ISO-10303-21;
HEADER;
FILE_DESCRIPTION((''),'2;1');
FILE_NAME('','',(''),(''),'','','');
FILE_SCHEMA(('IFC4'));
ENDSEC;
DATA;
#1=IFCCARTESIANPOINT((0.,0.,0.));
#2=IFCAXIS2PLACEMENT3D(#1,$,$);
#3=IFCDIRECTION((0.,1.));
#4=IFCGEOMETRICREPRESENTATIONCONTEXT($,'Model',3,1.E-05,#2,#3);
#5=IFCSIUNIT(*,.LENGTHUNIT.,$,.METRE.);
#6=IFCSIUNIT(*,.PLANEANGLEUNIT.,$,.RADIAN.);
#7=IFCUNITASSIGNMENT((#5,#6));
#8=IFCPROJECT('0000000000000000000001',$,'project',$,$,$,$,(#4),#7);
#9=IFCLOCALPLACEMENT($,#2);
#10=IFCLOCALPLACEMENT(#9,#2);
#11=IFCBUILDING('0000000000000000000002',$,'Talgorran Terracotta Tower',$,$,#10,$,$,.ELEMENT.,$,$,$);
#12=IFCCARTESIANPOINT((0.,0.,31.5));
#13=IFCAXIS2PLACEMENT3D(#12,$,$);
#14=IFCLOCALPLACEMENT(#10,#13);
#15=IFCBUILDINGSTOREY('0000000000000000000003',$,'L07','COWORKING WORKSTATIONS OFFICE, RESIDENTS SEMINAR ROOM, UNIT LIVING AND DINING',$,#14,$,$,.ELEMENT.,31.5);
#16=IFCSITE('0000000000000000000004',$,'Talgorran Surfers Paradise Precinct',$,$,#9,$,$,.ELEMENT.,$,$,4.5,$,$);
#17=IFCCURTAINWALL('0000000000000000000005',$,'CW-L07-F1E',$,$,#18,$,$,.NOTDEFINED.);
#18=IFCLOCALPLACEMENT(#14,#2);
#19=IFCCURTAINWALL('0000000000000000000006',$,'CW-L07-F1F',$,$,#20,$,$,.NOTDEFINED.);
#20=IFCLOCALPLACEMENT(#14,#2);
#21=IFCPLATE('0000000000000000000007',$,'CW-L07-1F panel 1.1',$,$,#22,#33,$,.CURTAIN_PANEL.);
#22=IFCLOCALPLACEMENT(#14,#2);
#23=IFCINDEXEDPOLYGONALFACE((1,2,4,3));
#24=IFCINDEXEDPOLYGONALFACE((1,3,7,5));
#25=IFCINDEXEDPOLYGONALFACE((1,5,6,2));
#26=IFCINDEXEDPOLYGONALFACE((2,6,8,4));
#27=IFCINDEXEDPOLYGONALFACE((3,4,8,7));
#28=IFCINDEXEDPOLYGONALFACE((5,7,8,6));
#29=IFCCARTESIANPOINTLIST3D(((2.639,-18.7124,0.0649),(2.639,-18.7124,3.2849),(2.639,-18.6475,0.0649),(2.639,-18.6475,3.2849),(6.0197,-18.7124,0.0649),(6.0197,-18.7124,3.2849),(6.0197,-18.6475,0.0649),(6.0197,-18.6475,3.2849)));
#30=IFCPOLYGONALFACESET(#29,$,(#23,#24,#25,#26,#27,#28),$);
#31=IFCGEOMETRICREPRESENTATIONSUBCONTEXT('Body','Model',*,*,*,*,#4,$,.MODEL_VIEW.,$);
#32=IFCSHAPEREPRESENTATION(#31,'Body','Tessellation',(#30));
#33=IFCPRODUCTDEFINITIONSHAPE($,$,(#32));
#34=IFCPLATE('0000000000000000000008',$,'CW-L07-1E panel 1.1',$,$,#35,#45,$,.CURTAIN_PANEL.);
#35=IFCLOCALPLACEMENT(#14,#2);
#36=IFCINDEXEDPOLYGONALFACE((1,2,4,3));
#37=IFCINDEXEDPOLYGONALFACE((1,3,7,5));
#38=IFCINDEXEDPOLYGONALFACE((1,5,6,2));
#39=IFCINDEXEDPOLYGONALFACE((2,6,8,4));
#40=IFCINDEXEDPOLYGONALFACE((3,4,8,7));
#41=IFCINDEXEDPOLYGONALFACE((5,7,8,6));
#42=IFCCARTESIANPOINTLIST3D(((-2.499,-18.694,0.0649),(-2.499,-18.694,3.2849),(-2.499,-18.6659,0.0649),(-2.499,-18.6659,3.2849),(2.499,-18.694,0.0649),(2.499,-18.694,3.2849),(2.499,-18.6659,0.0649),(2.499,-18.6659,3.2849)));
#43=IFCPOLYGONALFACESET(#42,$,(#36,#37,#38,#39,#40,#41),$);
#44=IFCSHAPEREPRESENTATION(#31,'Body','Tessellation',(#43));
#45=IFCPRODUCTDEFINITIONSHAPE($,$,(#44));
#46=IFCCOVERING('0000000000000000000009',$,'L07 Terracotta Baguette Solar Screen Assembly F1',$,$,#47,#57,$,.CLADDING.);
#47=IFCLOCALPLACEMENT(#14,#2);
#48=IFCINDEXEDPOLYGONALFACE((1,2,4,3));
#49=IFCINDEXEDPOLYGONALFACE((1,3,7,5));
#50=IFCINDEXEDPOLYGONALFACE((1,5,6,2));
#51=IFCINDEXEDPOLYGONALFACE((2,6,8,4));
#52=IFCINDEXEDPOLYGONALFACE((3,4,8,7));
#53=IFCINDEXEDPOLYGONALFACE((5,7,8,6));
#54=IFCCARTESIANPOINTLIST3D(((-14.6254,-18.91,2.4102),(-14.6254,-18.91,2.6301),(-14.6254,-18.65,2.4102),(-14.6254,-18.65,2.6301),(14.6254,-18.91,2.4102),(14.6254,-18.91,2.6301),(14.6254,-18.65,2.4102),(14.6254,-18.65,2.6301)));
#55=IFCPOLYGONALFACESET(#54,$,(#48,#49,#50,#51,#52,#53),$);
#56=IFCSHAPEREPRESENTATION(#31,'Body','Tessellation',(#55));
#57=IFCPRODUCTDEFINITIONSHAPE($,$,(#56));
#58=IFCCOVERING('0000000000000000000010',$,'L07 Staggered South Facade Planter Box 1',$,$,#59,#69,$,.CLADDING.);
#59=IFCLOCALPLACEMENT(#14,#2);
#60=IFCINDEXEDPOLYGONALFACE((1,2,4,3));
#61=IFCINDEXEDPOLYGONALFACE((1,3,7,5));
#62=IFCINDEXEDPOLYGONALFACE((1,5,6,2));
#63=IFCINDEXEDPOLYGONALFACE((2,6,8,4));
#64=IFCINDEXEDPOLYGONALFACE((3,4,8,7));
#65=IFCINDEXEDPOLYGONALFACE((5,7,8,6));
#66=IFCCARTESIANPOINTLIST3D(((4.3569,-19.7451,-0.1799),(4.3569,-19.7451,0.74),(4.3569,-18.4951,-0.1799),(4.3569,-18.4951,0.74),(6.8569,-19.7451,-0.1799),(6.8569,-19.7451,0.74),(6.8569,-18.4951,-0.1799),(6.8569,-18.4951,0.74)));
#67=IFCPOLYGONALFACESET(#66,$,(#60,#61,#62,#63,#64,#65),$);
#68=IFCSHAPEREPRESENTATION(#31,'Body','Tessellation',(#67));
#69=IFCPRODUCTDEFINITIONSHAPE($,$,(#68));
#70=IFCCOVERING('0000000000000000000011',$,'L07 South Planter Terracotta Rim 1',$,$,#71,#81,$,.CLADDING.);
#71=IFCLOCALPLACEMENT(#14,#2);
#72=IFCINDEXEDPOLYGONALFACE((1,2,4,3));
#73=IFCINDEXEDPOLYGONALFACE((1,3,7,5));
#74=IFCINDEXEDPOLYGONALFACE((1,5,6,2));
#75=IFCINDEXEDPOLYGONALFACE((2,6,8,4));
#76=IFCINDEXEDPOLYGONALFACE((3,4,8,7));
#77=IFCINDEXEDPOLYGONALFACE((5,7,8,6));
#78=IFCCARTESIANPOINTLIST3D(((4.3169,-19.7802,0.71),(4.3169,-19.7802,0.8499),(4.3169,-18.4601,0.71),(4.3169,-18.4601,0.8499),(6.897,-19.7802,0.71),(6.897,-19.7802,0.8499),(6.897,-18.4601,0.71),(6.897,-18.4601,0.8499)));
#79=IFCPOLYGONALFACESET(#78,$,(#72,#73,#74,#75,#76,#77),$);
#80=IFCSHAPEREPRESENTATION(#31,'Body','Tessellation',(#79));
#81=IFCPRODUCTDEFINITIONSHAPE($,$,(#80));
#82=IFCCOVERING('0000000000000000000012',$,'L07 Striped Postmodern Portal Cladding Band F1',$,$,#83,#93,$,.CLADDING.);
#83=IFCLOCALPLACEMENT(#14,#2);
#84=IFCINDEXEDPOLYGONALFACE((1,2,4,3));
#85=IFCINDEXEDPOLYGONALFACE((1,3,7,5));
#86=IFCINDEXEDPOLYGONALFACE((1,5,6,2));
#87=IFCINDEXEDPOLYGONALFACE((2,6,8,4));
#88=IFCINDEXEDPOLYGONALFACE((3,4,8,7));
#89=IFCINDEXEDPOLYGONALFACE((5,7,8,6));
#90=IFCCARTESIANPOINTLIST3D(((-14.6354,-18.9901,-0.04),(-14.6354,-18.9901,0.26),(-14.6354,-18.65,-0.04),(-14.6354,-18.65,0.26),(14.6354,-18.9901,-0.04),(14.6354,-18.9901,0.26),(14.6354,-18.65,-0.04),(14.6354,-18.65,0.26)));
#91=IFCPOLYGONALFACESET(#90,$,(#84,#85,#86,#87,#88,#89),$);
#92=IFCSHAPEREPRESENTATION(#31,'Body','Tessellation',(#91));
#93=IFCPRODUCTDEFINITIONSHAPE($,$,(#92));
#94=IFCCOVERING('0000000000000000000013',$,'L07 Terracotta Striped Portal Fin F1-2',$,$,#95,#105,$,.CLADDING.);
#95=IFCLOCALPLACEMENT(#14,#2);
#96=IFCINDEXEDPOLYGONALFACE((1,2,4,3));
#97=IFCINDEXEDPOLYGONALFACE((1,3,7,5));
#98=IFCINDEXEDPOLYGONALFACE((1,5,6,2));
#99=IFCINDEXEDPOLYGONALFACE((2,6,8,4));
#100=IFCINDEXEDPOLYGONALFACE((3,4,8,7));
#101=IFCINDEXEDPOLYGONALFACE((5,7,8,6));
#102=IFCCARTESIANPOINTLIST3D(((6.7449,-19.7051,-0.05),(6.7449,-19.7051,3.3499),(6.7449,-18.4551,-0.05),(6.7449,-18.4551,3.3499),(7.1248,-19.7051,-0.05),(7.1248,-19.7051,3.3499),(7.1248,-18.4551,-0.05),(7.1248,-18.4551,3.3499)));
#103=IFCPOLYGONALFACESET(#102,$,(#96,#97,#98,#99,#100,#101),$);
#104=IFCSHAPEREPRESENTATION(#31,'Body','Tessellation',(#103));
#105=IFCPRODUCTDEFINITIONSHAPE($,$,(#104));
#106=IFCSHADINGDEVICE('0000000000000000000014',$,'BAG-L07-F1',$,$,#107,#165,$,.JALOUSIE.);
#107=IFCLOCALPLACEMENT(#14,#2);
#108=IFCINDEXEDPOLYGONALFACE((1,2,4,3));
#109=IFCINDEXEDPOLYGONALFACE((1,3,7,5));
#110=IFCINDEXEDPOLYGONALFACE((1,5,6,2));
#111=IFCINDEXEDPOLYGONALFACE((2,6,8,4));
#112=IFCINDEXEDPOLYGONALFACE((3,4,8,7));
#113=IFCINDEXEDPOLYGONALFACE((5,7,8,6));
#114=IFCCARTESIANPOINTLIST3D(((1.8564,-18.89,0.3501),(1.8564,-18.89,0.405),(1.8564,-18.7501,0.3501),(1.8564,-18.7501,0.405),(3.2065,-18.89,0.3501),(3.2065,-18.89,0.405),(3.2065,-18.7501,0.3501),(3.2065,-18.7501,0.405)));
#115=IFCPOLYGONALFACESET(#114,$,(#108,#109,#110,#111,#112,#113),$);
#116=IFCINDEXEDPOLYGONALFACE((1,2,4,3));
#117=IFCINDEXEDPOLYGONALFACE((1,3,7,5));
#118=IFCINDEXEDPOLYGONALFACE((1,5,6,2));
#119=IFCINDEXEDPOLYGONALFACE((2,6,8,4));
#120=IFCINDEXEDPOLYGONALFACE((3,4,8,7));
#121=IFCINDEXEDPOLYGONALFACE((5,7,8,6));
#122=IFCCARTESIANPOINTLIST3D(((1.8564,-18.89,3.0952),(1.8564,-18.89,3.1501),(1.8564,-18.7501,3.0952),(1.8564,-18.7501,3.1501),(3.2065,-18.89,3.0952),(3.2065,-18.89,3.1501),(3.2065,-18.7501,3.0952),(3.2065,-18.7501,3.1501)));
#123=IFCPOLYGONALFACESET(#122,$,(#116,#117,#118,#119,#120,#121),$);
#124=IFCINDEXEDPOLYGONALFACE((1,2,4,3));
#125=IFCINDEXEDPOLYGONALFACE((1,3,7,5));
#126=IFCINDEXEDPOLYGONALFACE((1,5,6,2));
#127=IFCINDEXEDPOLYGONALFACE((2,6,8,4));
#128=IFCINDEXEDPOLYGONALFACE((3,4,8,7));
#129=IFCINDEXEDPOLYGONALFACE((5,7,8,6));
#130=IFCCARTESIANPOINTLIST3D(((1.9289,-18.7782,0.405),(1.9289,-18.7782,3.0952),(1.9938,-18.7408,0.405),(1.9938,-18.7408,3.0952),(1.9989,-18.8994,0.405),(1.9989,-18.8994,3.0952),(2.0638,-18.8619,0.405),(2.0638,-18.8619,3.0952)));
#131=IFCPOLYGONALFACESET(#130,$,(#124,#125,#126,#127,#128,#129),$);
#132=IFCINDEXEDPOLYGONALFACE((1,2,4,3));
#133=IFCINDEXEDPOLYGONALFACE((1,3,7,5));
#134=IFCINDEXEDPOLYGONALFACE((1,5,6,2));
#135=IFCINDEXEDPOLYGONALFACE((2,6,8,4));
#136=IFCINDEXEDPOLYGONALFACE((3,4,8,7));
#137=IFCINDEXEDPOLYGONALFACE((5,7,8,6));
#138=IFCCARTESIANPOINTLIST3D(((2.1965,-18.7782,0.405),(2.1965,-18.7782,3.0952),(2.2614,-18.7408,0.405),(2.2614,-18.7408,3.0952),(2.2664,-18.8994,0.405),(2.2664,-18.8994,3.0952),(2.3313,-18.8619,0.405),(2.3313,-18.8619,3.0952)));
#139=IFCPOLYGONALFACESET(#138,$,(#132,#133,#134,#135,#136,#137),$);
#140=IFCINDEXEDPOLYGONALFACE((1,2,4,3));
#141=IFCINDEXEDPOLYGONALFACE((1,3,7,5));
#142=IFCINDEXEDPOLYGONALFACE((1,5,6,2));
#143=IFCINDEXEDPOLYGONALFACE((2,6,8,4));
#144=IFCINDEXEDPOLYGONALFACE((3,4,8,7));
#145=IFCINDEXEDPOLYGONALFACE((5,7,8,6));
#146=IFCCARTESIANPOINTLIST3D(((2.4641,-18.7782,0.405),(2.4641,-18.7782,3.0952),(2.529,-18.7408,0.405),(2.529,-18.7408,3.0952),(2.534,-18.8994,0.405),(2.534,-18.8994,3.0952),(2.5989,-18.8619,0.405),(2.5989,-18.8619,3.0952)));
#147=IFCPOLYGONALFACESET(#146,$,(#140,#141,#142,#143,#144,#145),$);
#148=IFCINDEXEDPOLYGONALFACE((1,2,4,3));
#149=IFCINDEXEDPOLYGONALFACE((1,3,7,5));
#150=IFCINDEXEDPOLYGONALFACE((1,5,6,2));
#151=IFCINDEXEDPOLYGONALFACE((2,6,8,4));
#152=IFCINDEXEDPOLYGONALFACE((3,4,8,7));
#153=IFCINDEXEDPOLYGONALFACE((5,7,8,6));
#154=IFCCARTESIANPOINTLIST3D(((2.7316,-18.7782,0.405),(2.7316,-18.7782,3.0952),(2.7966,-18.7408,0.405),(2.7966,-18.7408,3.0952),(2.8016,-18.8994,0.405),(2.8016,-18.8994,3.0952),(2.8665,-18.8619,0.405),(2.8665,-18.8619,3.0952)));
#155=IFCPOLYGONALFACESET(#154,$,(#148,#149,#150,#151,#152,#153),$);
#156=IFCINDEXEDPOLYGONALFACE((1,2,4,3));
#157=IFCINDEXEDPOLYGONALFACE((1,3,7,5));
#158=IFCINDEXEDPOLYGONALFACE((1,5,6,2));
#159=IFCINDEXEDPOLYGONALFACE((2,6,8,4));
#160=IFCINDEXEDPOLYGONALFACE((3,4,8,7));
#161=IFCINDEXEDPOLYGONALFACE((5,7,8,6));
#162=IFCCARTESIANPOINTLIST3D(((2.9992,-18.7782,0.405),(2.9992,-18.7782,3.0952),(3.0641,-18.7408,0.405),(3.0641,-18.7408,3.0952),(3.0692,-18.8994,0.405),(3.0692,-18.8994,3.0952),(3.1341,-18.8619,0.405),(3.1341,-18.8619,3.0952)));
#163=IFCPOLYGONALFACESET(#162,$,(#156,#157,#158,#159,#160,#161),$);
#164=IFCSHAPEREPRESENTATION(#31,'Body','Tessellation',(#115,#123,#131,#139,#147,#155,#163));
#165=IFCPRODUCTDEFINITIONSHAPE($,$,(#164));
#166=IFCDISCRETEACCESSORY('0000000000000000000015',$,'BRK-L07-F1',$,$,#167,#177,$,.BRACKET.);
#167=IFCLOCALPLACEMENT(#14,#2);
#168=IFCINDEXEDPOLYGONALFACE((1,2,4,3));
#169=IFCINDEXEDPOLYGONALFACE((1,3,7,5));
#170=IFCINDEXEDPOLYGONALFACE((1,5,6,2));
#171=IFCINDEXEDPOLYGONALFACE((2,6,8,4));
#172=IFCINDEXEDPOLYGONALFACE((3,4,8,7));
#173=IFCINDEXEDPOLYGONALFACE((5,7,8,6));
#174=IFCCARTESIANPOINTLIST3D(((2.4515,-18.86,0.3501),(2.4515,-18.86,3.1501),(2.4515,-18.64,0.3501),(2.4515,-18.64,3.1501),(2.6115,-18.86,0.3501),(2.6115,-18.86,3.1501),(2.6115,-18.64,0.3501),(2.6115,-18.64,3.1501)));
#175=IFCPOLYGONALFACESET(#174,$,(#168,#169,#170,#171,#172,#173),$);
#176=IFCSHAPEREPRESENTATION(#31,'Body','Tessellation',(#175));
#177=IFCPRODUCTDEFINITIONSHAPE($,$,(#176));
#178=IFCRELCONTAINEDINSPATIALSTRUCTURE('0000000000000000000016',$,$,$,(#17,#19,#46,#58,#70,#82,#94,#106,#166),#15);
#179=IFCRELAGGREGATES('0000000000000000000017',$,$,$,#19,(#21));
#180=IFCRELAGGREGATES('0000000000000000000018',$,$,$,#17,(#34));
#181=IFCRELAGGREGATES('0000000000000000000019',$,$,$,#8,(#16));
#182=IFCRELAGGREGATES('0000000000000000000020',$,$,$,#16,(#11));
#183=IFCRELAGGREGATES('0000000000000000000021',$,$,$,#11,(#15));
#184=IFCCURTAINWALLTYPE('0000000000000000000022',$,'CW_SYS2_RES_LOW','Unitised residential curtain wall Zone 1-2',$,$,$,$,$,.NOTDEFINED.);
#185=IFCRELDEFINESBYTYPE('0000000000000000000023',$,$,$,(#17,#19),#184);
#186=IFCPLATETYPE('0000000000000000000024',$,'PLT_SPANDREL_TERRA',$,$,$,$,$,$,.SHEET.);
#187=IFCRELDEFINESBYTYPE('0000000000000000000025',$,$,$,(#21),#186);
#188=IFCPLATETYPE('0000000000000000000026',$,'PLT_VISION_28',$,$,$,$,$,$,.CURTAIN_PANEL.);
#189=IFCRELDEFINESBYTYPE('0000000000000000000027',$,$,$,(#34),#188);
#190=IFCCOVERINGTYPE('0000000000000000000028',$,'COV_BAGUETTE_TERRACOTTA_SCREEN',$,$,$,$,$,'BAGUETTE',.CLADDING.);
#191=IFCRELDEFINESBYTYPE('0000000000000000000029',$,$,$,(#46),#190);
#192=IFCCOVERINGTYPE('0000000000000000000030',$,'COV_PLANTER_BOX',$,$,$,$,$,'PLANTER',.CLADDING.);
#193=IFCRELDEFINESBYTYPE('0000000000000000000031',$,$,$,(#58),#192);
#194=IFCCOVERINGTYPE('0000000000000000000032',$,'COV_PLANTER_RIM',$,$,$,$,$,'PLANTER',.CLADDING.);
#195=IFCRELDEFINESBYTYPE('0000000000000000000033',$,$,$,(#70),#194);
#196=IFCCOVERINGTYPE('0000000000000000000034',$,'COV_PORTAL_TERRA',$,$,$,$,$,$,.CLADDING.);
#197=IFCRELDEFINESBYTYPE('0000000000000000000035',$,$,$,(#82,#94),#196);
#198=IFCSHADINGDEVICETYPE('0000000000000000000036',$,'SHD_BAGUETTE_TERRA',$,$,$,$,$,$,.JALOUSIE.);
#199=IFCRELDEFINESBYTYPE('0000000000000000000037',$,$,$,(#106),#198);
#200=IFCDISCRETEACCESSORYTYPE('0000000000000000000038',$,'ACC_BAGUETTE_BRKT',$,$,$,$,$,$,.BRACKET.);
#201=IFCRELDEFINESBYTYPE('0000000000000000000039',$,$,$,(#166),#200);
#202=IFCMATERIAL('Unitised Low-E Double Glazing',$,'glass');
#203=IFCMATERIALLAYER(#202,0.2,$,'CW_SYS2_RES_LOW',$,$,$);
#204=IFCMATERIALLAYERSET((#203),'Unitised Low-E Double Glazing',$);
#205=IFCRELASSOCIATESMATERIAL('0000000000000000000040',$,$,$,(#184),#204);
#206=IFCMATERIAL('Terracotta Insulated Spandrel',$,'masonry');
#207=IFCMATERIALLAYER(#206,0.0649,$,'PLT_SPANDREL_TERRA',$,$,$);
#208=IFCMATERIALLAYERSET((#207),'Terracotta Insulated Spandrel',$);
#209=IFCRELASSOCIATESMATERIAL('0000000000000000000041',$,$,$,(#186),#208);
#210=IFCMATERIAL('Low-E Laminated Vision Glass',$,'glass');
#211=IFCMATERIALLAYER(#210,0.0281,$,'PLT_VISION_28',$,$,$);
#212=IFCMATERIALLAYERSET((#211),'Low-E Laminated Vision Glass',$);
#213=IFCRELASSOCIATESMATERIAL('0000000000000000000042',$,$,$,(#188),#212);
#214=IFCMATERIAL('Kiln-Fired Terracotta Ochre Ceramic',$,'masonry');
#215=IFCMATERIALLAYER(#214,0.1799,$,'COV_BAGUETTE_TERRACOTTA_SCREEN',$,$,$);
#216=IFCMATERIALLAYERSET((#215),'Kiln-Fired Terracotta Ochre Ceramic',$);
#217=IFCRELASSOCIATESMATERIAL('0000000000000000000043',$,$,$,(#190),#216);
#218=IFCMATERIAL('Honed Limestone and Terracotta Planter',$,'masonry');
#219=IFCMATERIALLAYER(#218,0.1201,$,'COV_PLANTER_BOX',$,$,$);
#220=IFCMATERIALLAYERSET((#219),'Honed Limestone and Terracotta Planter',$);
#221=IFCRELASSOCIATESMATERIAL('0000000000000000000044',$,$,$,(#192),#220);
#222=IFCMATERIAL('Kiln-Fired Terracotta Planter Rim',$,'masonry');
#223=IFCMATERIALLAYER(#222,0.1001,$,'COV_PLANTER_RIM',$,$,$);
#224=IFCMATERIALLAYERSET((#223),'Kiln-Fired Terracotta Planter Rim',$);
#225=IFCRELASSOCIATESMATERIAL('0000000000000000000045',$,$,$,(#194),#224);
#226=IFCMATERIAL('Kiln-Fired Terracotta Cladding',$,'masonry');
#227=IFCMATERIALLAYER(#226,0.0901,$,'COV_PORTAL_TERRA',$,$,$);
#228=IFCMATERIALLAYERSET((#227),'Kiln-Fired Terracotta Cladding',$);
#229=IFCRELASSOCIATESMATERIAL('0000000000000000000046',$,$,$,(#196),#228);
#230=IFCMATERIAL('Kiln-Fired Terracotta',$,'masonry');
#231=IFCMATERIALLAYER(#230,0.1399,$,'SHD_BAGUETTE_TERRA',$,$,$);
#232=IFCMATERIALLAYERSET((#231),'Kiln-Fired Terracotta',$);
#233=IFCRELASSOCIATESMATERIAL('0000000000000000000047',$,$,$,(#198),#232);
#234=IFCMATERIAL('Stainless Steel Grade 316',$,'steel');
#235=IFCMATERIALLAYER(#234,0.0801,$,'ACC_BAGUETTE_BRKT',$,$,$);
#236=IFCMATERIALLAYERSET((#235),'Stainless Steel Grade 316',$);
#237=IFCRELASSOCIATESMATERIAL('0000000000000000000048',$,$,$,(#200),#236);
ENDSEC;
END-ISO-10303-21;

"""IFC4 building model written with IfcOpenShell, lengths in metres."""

from ifc_helpers import new_model, si_unit, direction, frame, origin, origin_2d, place, context, subcontext, project, spatial, rectangle, extrude, source, transform, mapped, material, layer, layer_set, type_object, type_shapes, element, aggregate, save


model = new_model("IFC4")

# Units and contexts
model_context = context("Model", 3, precision=1e-05, world=origin(), true_north=direction((0.0, 1.0)))
body_context = subcontext(model_context, "Body", "Model", "MODEL_VIEW")
ifc_project = project(units=[si_unit("LENGTHUNIT", "METRE"), si_unit("PLANEANGLEUNIT", "RADIAN")], contexts=[model_context])

# Site, building, storey
site_placement = place(None, origin())
site = spatial("IfcSite", under=ifc_project, at=site_placement, Name="Talgorran Surfers Paradise Precinct", CompositionType="ELEMENT", RefElevation=4.5)
building_placement = place(site_placement, origin())
building = spatial("IfcBuilding", under=site, at=building_placement, Name="Talgorran Terracotta Tower", CompositionType="ELEMENT")
storey_placement = place(building_placement, frame((0.0, 0.0, 31.5)))
storey = spatial("IfcBuildingStorey", under=building, at=storey_placement, Name="L07", Description="COWORKING WORKSTATIONS OFFICE, RESIDENTS SEMINAR ROOM, UNIT LIVING AND DINING", CompositionType="ELEMENT", Elevation=31.5)

# Curtain wall
ifc_material_1 = material(Name="Unitised Low-E Double Glazing", Category="glass")
ifc_layer_1 = layer(ifc_material_1, 0.2, Name="CW_SYS2_RES_LOW")
ifc_layer_set_1 = layer_set([ifc_layer_1], Name="Unitised Low-E Double Glazing")
curtain_wall_type = type_object("IfcCurtainWallType", Name="CW_SYS2_RES_LOW", Description="Unitised residential curtain wall Zone 1-2", PredefinedType="NOTDEFINED", material=ifc_layer_set_1)
curtain_wall_1_placement = place(storey_placement, origin())
curtain_wall_1 = element("IfcCurtainWall", 1, at=curtain_wall_1_placement, inside=storey, type_object=curtain_wall_type, Name="CW-L07-F1E", PredefinedType="NOTDEFINED")

# Curtain wall
curtain_wall_2_placement = place(storey_placement, origin())
curtain_wall_2 = element("IfcCurtainWall", 2, at=curtain_wall_2_placement, inside=storey, type_object=curtain_wall_type, Name="CW-L07-F1F", PredefinedType="NOTDEFINED")

# Plates
ifc_material_2 = material(Name="Terracotta Insulated Spandrel", Category="masonry")
ifc_layer_2 = layer(ifc_material_2, 0.0649, Name="PLT_SPANDREL_TERRA")
ifc_layer_set_2 = layer_set([ifc_layer_2], Name="Terracotta Insulated Spandrel")
plate_type_1 = type_object("IfcPlateType", Name="PLT_SPANDREL_TERRA", PredefinedType="SHEET", material=ifc_layer_set_2)
ifc_material_3 = material(Name="Low-E Laminated Vision Glass", Category="glass")
ifc_layer_3 = layer(ifc_material_3, 0.0281, Name="PLT_VISION_28")
ifc_layer_set_3 = layer_set([ifc_layer_3], Name="Low-E Laminated Vision Glass")
plate_type_2 = type_object("IfcPlateType", Name="PLT_VISION_28", PredefinedType="CURTAIN_PANEL", material=ifc_layer_set_3)
shared_shape_1 = source(origin(), body_context, "Body", "SweptSolid", [
    extrude(rectangle(XDim=3.3806, YDim=0.0649, at=origin_2d()), origin(), (0.0, 0.0, 1.0), 3.22),
])
plate_1_placement = place(storey_placement, frame((4.3293, -18.6799, 0.0649), z_axis=(0.0, 0.0, 1.0), x_axis=(1.0, 0.0, 0.0)))
plate_1 = element("IfcPlate", 3, at=plate_1_placement, type_object=plate_type_1, Name="CW-L07-1F panel 1.1", PredefinedType="CURTAIN_PANEL", context=body_context, shape_type="MappedRepresentation", body=[
    mapped(shared_shape_1, transform((0.0, 0.0, 0.0), scale=1.0)),
])
aggregate(curtain_wall_2, [plate_1])
shared_shape_2 = source(origin(), body_context, "Body", "SweptSolid", [
    extrude(rectangle(XDim=4.998, YDim=0.0281, at=origin_2d()), origin(), (0.0, 0.0, 1.0), 3.22),
])
plate_2_placement = place(storey_placement, frame((0.0, -18.6799, 0.0649), z_axis=(0.0, 0.0, 1.0), x_axis=(1.0, 0.0, 0.0)))
plate_2 = element("IfcPlate", 4, at=plate_2_placement, type_object=plate_type_2, Name="CW-L07-1E panel 1.1", PredefinedType="CURTAIN_PANEL", context=body_context, shape_type="MappedRepresentation", body=[
    mapped(shared_shape_2, transform((0.0, 0.0, 0.0), scale=1.0)),
])
aggregate(curtain_wall_1, [plate_2])

# Coverings
ifc_material_4 = material(Name="Kiln-Fired Terracotta Ochre Ceramic", Category="masonry")
ifc_layer_4 = layer(ifc_material_4, 0.1799, Name="COV_BAGUETTE_TERRACOTTA_SCREEN")
ifc_layer_set_4 = layer_set([ifc_layer_4], Name="Kiln-Fired Terracotta Ochre Ceramic")
covering_type_1 = type_object("IfcCoveringType", Name="COV_BAGUETTE_TERRACOTTA_SCREEN", ElementType="BAGUETTE", PredefinedType="CLADDING", material=ifc_layer_set_4)
covering_1_placement = place(storey_placement, frame((0.0, -18.78, 2.4102), z_axis=(0.0, 0.0, 1.0), x_axis=(1.0, 0.0, 0.0)))
element("IfcCovering", 5, at=covering_1_placement, inside=storey, type_object=covering_type_1, Name="L07 Terracotta Baguette Solar Screen Assembly F1", PredefinedType="CLADDING", context=body_context, shape_type="SweptSolid", body=[
    extrude(rectangle(XDim=29.2507, YDim=0.26, at=origin_2d()), origin(), (0.0, 0.0, 1.0), 0.22),
])
ifc_material_5 = material(Name="Honed Limestone and Terracotta Planter", Category="masonry")
ifc_layer_5 = layer(ifc_material_5, 0.1201, Name="COV_PLANTER_BOX")
ifc_layer_set_5 = layer_set([ifc_layer_5], Name="Honed Limestone and Terracotta Planter")
covering_type_2 = type_object("IfcCoveringType", Name="COV_PLANTER_BOX", ElementType="PLANTER", PredefinedType="CLADDING", material=ifc_layer_set_5)
covering_2_placement = place(storey_placement, frame((5.6069, -19.1201, -0.1799), z_axis=(0.0, 0.0, 1.0), x_axis=(1.0, 0.0, 0.0)))
element("IfcCovering", 6, at=covering_2_placement, inside=storey, type_object=covering_type_2, Name="L07 Staggered South Facade Planter Box 1", PredefinedType="CLADDING", context=body_context, shape_type="SweptSolid", body=[
    extrude(rectangle(XDim=2.5, YDim=1.25, at=origin_2d()), origin(), (0.0, 0.0, 1.0), 0.9199),
])
ifc_material_6 = material(Name="Kiln-Fired Terracotta Planter Rim", Category="masonry")
ifc_layer_6 = layer(ifc_material_6, 0.1001, Name="COV_PLANTER_RIM")
ifc_layer_set_6 = layer_set([ifc_layer_6], Name="Kiln-Fired Terracotta Planter Rim")
covering_type_3 = type_object("IfcCoveringType", Name="COV_PLANTER_RIM", ElementType="PLANTER", PredefinedType="CLADDING", material=ifc_layer_set_6)
covering_3_placement = place(storey_placement, frame((5.6069, -19.1201, 0.71), z_axis=(0.0, 0.0, 1.0), x_axis=(1.0, 0.0, 0.0)))
element("IfcCovering", 7, at=covering_3_placement, inside=storey, type_object=covering_type_3, Name="L07 South Planter Terracotta Rim 1", PredefinedType="CLADDING", context=body_context, shape_type="SweptSolid", body=[
    extrude(rectangle(XDim=2.5801, YDim=1.3201, at=origin_2d()), origin(), (0.0, 0.0, 1.0), 0.1399),
])
ifc_material_7 = material(Name="Kiln-Fired Terracotta Cladding", Category="masonry")
ifc_layer_7 = layer(ifc_material_7, 0.0901, Name="COV_PORTAL_TERRA")
ifc_layer_set_7 = layer_set([ifc_layer_7], Name="Kiln-Fired Terracotta Cladding")
covering_type_4 = type_object("IfcCoveringType", Name="COV_PORTAL_TERRA", PredefinedType="CLADDING", material=ifc_layer_set_7)
covering_4_placement = place(storey_placement, frame((0.0, -18.8201, -0.04), z_axis=(0.0, 0.0, 1.0), x_axis=(1.0, 0.0, 0.0)))
element("IfcCovering", 8, at=covering_4_placement, inside=storey, type_object=covering_type_4, Name="L07 Striped Postmodern Portal Cladding Band F1", PredefinedType="CLADDING", context=body_context, shape_type="SweptSolid", body=[
    extrude(rectangle(XDim=29.2708, YDim=0.3401, at=origin_2d()), origin(), (0.0, 0.0, 1.0), 0.3),
])
covering_5_placement = place(storey_placement, frame((6.9348, -19.0801, -0.05), z_axis=(0.0, 0.0, 1.0), x_axis=(1.0, 0.0, 0.0)))
element("IfcCovering", 9, at=covering_5_placement, inside=storey, type_object=covering_type_4, Name="L07 Terracotta Striped Portal Fin F1-2", PredefinedType="CLADDING", context=body_context, shape_type="SweptSolid", body=[
    extrude(rectangle(XDim=0.3799, YDim=1.25, at=origin_2d()), origin(), (0.0, 0.0, 1.0), 3.3999),
])

# Shading device
ifc_material_8 = material(Name="Kiln-Fired Terracotta", Category="masonry")
ifc_layer_8 = layer(ifc_material_8, 0.1399, Name="SHD_BAGUETTE_TERRA")
ifc_layer_set_8 = layer_set([ifc_layer_8], Name="Kiln-Fired Terracotta")
shading_device_type = type_object("IfcShadingDeviceType", Name="SHD_BAGUETTE_TERRA", PredefinedType="JALOUSIE", material=ifc_layer_set_8)
shared_shape_3 = source(origin(), body_context, "Body", "SweptSolid", [
    extrude(rectangle(XDim=1.3501, YDim=0.1399, at=origin_2d()), origin(), (0.0, 0.0, 1.0), 0.0549),
    extrude(rectangle(XDim=1.3501, YDim=0.1399, at=origin_2d()), frame((0.0, 0.0, 2.7451)), (0.0, 0.0, 1.0), 0.0549),
    extrude(rectangle(XDim=0.075, YDim=0.1399, at=origin_2d()), frame((-0.5352, 0.0, 0.0549), z_axis=(0.0, 0.0, 1.0), x_axis=(0.866025, 0.5, 0.0)), (0.0, 0.0, 1.0), 2.6902),
    extrude(rectangle(XDim=0.075, YDim=0.1399, at=origin_2d()), frame((-0.2676, 0.0, 0.0549), z_axis=(0.0, 0.0, 1.0), x_axis=(0.866025, 0.5, 0.0)), (0.0, 0.0, 1.0), 2.6902),
    extrude(rectangle(XDim=0.075, YDim=0.1399, at=origin_2d()), frame((0.0, 0.0, 0.0549), z_axis=(0.0, 0.0, 1.0), x_axis=(0.866025, 0.5, 0.0)), (0.0, 0.0, 1.0), 2.6902),
    extrude(rectangle(XDim=0.075, YDim=0.1399, at=origin_2d()), frame((0.2676, 0.0, 0.0549), z_axis=(0.0, 0.0, 1.0), x_axis=(0.866025, 0.5, 0.0)), (0.0, 0.0, 1.0), 2.6902),
    extrude(rectangle(XDim=0.075, YDim=0.1399, at=origin_2d()), frame((0.5352, 0.0, 0.0549), z_axis=(0.0, 0.0, 1.0), x_axis=(0.866025, 0.5, 0.0)), (0.0, 0.0, 1.0), 2.6902),
])
type_shapes(shading_device_type, [shared_shape_3])
shading_device_placement = place(storey_placement, frame((2.5315, -18.8201, 0.3501), z_axis=(0.0, 0.0, 1.0), x_axis=(1.0, 0.0, 0.0)))
element("IfcShadingDevice", 10, at=shading_device_placement, inside=storey, type_object=shading_device_type, Name="BAG-L07-F1", PredefinedType="JALOUSIE", context=body_context, shape_type="MappedRepresentation", body=[
    mapped(shared_shape_3, transform((0.0, 0.0, 0.0), scale=1.0)),
])

# Discrete accessory
ifc_material_9 = material(Name="Stainless Steel Grade 316", Category="steel")
ifc_layer_9 = layer(ifc_material_9, 0.0801, Name="ACC_BAGUETTE_BRKT")
ifc_layer_set_9 = layer_set([ifc_layer_9], Name="Stainless Steel Grade 316")
discrete_accessory_type = type_object("IfcDiscreteAccessoryType", Name="ACC_BAGUETTE_BRKT", PredefinedType="BRACKET", material=ifc_layer_set_9)
shared_shape_4 = source(origin(), body_context, "Body", "SweptSolid", [
    extrude(rectangle(XDim=0.1599, YDim=0.22, at=origin_2d()), origin(), (0.0, 0.0, 1.0), 2.8),
])
type_shapes(discrete_accessory_type, [shared_shape_4])
discrete_accessory_placement = place(storey_placement, frame((2.5315, -18.75, 0.3501), z_axis=(0.0, 0.0, 1.0), x_axis=(1.0, 0.0, 0.0)))
element("IfcDiscreteAccessory", 11, at=discrete_accessory_placement, inside=storey, type_object=discrete_accessory_type, Name="BRK-L07-F1", PredefinedType="BRACKET", context=body_context, shape_type="MappedRepresentation", body=[
    mapped(shared_shape_4, transform((0.0, 0.0, 0.0), scale=1.0)),
])

save(model, "model.ifc")
